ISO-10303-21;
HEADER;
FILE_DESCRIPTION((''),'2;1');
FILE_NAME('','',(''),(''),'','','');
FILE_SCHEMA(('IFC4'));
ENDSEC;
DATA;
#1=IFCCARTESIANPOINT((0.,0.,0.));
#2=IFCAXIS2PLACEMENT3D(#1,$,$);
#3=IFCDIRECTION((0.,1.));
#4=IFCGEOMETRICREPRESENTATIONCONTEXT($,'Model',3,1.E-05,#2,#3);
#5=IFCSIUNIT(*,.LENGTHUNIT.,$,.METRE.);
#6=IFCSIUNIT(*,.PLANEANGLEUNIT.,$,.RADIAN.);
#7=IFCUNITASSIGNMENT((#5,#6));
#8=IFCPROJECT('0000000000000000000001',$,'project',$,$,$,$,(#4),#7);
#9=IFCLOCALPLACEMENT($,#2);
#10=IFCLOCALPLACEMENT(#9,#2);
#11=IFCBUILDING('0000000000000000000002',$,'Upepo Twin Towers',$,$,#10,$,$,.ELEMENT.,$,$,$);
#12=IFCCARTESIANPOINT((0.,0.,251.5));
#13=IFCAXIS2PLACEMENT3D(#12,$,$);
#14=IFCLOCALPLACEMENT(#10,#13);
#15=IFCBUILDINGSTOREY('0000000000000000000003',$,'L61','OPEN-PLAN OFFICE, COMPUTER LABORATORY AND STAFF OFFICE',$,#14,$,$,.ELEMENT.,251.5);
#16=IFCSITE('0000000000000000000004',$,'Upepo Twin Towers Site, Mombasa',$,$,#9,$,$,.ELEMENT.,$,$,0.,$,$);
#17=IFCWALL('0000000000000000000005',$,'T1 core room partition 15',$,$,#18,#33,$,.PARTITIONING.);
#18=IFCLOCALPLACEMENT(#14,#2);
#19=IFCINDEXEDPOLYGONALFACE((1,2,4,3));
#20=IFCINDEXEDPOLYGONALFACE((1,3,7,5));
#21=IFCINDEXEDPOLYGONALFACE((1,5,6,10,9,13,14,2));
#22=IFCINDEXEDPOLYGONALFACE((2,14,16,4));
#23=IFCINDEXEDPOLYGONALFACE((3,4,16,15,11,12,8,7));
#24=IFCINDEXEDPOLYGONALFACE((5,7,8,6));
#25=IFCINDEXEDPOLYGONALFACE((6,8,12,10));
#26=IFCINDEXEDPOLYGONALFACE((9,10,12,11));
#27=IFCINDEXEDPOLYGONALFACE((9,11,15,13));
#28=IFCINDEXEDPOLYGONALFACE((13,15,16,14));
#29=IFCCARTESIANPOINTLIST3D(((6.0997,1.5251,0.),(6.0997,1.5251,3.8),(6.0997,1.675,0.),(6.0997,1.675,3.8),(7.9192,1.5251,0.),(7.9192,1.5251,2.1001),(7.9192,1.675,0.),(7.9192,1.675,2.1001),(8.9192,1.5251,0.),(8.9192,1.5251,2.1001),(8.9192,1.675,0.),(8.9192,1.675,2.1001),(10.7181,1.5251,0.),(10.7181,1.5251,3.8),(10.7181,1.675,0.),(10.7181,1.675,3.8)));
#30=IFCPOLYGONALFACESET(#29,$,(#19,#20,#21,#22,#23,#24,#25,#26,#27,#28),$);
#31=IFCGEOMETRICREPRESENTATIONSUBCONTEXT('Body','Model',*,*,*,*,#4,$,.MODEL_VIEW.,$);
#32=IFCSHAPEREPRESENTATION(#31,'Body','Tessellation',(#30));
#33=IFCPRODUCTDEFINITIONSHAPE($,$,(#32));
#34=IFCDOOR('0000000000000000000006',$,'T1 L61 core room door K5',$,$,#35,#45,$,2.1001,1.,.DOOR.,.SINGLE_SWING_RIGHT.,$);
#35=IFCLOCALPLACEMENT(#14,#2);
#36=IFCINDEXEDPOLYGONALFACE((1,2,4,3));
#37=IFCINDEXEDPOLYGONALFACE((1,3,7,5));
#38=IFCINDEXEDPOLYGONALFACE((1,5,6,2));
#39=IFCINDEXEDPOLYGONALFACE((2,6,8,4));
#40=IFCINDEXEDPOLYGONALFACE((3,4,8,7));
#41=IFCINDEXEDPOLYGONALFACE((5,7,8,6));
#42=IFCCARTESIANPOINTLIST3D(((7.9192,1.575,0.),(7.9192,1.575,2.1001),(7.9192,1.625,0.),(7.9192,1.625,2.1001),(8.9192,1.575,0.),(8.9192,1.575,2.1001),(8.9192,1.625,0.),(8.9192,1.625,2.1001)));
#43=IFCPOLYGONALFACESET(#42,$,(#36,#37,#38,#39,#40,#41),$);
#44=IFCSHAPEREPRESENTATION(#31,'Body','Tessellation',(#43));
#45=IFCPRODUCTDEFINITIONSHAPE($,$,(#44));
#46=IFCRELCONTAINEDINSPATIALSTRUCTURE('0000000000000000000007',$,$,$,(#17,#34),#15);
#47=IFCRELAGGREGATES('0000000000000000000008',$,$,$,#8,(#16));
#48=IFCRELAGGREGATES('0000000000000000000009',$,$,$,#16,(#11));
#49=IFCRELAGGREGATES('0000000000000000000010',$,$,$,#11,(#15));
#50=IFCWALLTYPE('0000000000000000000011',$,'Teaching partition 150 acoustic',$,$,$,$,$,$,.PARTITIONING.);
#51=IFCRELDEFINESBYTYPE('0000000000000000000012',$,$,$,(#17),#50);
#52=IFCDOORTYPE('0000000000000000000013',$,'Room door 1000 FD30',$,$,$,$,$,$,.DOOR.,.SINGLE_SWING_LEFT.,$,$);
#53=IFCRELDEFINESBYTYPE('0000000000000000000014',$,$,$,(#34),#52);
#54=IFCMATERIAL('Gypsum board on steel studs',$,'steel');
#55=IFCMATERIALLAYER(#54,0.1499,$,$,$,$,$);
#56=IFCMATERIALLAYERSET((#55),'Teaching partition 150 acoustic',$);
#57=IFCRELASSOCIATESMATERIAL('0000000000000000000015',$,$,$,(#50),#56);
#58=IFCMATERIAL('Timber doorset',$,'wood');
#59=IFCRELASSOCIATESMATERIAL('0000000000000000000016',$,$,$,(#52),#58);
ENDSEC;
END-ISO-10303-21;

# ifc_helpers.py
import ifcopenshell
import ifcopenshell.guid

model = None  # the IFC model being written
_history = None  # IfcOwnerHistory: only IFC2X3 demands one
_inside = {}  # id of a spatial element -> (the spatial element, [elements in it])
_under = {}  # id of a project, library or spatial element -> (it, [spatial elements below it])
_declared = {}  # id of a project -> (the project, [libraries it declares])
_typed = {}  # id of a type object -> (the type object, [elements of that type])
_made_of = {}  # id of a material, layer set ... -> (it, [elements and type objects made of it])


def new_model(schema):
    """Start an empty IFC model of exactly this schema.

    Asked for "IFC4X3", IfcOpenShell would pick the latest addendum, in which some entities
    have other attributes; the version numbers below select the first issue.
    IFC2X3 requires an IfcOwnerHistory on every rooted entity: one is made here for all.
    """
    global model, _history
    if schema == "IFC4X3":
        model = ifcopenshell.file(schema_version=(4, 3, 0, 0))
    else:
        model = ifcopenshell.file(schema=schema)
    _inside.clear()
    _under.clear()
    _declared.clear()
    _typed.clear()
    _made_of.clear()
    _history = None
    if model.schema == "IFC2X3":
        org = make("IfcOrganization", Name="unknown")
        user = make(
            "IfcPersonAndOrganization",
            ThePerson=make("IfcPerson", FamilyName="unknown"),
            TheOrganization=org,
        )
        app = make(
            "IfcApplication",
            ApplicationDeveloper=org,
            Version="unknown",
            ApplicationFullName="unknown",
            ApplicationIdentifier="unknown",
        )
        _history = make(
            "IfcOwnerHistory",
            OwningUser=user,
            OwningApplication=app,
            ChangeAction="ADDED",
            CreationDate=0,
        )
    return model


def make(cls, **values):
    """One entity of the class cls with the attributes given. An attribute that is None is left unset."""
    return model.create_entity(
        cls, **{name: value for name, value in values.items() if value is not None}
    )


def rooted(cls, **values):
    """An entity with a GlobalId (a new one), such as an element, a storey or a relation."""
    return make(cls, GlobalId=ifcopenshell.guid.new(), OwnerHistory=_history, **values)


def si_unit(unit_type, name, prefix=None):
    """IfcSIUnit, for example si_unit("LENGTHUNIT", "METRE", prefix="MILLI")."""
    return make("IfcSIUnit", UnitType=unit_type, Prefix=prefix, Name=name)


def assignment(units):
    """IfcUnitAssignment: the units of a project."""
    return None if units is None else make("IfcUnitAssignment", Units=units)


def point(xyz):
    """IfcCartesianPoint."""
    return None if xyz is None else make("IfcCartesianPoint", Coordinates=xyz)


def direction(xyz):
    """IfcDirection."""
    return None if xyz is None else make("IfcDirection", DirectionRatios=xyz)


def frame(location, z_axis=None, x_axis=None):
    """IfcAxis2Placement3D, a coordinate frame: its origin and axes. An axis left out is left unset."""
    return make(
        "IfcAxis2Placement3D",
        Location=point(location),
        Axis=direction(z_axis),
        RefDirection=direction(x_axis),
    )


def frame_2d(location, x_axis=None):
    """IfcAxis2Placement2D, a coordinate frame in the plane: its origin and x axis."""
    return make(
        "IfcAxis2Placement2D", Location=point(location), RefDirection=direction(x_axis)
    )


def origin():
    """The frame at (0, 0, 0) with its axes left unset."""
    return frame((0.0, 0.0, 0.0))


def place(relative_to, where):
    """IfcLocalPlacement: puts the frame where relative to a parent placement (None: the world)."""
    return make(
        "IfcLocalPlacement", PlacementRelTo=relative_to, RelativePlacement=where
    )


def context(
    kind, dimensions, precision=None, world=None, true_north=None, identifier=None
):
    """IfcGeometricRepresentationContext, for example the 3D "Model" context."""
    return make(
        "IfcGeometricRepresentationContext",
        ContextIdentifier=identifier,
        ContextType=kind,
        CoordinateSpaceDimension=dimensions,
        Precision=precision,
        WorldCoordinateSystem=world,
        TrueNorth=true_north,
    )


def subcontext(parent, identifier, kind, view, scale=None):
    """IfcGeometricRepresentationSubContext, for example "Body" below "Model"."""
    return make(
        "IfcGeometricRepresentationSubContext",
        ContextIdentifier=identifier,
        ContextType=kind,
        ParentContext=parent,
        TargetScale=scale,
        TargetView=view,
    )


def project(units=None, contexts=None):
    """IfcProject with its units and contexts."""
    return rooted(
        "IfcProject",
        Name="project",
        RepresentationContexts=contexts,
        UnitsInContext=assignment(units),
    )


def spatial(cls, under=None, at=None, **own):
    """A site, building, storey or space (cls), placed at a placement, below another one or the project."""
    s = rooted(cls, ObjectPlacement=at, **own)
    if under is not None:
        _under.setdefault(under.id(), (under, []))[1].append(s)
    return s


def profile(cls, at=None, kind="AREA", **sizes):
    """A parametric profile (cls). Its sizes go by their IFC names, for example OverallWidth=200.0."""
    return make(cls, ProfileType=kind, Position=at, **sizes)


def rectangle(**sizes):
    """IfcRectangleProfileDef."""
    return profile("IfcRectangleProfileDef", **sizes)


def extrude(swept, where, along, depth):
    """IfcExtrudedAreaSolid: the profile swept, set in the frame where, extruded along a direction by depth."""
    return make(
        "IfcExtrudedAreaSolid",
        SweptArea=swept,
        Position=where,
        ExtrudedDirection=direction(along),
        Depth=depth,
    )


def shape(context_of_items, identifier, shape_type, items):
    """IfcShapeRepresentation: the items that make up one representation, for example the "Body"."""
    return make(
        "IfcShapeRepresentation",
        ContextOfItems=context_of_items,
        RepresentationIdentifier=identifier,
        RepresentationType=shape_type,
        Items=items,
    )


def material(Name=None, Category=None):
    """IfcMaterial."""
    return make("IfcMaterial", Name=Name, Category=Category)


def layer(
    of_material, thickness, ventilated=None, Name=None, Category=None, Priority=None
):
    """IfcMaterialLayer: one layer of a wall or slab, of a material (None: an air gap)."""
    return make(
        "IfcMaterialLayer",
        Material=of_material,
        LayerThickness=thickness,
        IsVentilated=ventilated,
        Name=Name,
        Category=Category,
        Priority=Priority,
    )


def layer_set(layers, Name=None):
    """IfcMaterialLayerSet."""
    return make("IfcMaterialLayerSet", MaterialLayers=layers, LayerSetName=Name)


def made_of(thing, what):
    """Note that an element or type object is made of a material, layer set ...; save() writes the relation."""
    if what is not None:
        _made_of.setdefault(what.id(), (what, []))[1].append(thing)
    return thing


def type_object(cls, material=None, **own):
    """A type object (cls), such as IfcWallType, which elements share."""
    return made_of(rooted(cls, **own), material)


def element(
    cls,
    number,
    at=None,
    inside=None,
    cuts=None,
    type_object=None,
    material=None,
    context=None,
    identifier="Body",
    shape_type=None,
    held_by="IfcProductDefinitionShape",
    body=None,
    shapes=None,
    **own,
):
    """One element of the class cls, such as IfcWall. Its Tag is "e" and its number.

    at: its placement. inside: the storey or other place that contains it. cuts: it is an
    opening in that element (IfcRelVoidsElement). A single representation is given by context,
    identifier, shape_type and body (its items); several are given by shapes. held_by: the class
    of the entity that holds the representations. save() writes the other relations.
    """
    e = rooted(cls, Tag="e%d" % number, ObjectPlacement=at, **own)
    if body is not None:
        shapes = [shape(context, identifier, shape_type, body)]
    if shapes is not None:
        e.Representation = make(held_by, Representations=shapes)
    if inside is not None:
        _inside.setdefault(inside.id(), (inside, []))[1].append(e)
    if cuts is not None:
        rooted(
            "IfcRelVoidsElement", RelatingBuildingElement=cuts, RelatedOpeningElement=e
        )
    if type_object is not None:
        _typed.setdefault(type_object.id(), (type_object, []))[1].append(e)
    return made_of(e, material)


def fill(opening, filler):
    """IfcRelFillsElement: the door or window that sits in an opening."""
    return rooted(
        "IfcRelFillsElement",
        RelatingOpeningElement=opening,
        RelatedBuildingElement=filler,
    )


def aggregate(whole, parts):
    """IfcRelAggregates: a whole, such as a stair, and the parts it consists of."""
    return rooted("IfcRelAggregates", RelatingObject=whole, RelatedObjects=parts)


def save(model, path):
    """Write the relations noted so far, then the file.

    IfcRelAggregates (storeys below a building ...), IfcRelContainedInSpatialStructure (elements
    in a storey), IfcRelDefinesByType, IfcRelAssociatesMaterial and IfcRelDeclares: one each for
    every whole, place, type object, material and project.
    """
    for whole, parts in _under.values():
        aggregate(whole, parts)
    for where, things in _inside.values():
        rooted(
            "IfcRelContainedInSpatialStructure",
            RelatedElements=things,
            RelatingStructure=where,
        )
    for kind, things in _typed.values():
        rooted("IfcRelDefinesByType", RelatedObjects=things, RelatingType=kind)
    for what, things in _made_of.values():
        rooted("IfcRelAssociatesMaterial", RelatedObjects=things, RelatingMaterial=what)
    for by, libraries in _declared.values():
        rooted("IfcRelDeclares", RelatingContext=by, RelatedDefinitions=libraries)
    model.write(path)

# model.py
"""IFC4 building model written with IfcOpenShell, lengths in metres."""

from ifc_helpers import new_model, si_unit, direction, frame, frame_2d, origin, place, context, subcontext, project, spatial, rectangle, extrude, material, layer, layer_set, type_object, element, fill, save


model = new_model("IFC4")

# Units and contexts
model_context = context("Model", 3, precision=1e-05, world=origin(), true_north=direction((0.0, 1.0)))
body_context = subcontext(model_context, "Body", "Model", "MODEL_VIEW")
ifc_project = project(units=[si_unit("LENGTHUNIT", "METRE"), si_unit("PLANEANGLEUNIT", "RADIAN")], contexts=[model_context])

# Site, building, storey
site_placement = place(None, origin())
site = spatial("IfcSite", under=ifc_project, at=site_placement, Name="Upepo Twin Towers Site, Mombasa", CompositionType="ELEMENT", RefElevation=0.0)
building_placement = place(site_placement, origin())
building = spatial("IfcBuilding", under=site, at=building_placement, Name="Upepo Twin Towers", CompositionType="ELEMENT")
storey_placement = place(building_placement, frame((0.0, 0.0, 251.5)))
storey = spatial("IfcBuildingStorey", under=building, at=storey_placement, Name="L61", Description="OPEN-PLAN OFFICE, COMPUTER LABORATORY AND STAFF OFFICE", CompositionType="ELEMENT", Elevation=251.5)

# Shared definitions
ifc_material_1 = material(Name="Gypsum board on steel studs", Category="steel")
ifc_layer_1 = layer(ifc_material_1, 0.1499)
ifc_layer_set_1 = layer_set([ifc_layer_1], Name="Teaching partition 150 acoustic")
wall_type_1 = type_object("IfcWallType", Name="Teaching partition 150 acoustic", PredefinedType="PARTITIONING", material=ifc_layer_set_1)

# Wall, opening, door
wall_1_placement = place(storey_placement, frame((6.0999, 1.6001, 0.0), z_axis=(0.0, 0.0, 1.0), x_axis=(1.0, 0.0, 0.0)))
wall_1 = element("IfcWall", 1, at=wall_1_placement, inside=storey, type_object=wall_type_1, Name="T1 core room partition 15", PredefinedType="PARTITIONING", context=body_context, shape_type="SweptSolid", body=[
    extrude(rectangle(XDim=4.6184, YDim=0.1499, at=frame_2d((2.3091, 0.0))), origin(), (0.0, 0.0, 1.0), 3.8),
])
opening_1_placement = place(wall_1_placement, frame((1.8193, 0.0, 0.0)))
opening_1 = element("IfcOpeningElement", 2, at=opening_1_placement, cuts=wall_1, PredefinedType="OPENING", context=body_context, shape_type="SweptSolid", body=[
    extrude(rectangle(XDim=1.0, YDim=2.1001, at=frame_2d((0.5, 1.05))), frame((0.0, 0.085, 0.0), z_axis=(0.0, -1.0, 0.0), x_axis=(1.0, 0.0, 0.0)), (0.0, 0.0, 1.0), 0.1699),
])
ifc_material_2 = material(Name="Timber doorset", Category="wood")
door_type_1 = type_object("IfcDoorType", Name="Room door 1000 FD30", OperationType="SINGLE_SWING_LEFT", PredefinedType="DOOR", material=ifc_material_2)
door_1_placement = place(opening_1_placement, origin())
door_1 = element("IfcDoor", 3, at=door_1_placement, inside=storey, type_object=door_type_1, Name="T1 L61 core room door K5", OperationType="SINGLE_SWING_RIGHT", OverallHeight=2.1001, OverallWidth=1.0, PredefinedType="DOOR", context=body_context, shape_type="SweptSolid", body=[
    extrude(rectangle(XDim=1.0, YDim=2.1001, at=frame_2d((0.5, 1.05))), frame((0.0, 0.0249, 0.0), z_axis=(0.0, -1.0, 0.0), x_axis=(1.0, 0.0, 0.0)), (0.0, 0.0, 1.0), 0.05),
])
fill(opening_1, door_1)

save(model, "model.ifc")
